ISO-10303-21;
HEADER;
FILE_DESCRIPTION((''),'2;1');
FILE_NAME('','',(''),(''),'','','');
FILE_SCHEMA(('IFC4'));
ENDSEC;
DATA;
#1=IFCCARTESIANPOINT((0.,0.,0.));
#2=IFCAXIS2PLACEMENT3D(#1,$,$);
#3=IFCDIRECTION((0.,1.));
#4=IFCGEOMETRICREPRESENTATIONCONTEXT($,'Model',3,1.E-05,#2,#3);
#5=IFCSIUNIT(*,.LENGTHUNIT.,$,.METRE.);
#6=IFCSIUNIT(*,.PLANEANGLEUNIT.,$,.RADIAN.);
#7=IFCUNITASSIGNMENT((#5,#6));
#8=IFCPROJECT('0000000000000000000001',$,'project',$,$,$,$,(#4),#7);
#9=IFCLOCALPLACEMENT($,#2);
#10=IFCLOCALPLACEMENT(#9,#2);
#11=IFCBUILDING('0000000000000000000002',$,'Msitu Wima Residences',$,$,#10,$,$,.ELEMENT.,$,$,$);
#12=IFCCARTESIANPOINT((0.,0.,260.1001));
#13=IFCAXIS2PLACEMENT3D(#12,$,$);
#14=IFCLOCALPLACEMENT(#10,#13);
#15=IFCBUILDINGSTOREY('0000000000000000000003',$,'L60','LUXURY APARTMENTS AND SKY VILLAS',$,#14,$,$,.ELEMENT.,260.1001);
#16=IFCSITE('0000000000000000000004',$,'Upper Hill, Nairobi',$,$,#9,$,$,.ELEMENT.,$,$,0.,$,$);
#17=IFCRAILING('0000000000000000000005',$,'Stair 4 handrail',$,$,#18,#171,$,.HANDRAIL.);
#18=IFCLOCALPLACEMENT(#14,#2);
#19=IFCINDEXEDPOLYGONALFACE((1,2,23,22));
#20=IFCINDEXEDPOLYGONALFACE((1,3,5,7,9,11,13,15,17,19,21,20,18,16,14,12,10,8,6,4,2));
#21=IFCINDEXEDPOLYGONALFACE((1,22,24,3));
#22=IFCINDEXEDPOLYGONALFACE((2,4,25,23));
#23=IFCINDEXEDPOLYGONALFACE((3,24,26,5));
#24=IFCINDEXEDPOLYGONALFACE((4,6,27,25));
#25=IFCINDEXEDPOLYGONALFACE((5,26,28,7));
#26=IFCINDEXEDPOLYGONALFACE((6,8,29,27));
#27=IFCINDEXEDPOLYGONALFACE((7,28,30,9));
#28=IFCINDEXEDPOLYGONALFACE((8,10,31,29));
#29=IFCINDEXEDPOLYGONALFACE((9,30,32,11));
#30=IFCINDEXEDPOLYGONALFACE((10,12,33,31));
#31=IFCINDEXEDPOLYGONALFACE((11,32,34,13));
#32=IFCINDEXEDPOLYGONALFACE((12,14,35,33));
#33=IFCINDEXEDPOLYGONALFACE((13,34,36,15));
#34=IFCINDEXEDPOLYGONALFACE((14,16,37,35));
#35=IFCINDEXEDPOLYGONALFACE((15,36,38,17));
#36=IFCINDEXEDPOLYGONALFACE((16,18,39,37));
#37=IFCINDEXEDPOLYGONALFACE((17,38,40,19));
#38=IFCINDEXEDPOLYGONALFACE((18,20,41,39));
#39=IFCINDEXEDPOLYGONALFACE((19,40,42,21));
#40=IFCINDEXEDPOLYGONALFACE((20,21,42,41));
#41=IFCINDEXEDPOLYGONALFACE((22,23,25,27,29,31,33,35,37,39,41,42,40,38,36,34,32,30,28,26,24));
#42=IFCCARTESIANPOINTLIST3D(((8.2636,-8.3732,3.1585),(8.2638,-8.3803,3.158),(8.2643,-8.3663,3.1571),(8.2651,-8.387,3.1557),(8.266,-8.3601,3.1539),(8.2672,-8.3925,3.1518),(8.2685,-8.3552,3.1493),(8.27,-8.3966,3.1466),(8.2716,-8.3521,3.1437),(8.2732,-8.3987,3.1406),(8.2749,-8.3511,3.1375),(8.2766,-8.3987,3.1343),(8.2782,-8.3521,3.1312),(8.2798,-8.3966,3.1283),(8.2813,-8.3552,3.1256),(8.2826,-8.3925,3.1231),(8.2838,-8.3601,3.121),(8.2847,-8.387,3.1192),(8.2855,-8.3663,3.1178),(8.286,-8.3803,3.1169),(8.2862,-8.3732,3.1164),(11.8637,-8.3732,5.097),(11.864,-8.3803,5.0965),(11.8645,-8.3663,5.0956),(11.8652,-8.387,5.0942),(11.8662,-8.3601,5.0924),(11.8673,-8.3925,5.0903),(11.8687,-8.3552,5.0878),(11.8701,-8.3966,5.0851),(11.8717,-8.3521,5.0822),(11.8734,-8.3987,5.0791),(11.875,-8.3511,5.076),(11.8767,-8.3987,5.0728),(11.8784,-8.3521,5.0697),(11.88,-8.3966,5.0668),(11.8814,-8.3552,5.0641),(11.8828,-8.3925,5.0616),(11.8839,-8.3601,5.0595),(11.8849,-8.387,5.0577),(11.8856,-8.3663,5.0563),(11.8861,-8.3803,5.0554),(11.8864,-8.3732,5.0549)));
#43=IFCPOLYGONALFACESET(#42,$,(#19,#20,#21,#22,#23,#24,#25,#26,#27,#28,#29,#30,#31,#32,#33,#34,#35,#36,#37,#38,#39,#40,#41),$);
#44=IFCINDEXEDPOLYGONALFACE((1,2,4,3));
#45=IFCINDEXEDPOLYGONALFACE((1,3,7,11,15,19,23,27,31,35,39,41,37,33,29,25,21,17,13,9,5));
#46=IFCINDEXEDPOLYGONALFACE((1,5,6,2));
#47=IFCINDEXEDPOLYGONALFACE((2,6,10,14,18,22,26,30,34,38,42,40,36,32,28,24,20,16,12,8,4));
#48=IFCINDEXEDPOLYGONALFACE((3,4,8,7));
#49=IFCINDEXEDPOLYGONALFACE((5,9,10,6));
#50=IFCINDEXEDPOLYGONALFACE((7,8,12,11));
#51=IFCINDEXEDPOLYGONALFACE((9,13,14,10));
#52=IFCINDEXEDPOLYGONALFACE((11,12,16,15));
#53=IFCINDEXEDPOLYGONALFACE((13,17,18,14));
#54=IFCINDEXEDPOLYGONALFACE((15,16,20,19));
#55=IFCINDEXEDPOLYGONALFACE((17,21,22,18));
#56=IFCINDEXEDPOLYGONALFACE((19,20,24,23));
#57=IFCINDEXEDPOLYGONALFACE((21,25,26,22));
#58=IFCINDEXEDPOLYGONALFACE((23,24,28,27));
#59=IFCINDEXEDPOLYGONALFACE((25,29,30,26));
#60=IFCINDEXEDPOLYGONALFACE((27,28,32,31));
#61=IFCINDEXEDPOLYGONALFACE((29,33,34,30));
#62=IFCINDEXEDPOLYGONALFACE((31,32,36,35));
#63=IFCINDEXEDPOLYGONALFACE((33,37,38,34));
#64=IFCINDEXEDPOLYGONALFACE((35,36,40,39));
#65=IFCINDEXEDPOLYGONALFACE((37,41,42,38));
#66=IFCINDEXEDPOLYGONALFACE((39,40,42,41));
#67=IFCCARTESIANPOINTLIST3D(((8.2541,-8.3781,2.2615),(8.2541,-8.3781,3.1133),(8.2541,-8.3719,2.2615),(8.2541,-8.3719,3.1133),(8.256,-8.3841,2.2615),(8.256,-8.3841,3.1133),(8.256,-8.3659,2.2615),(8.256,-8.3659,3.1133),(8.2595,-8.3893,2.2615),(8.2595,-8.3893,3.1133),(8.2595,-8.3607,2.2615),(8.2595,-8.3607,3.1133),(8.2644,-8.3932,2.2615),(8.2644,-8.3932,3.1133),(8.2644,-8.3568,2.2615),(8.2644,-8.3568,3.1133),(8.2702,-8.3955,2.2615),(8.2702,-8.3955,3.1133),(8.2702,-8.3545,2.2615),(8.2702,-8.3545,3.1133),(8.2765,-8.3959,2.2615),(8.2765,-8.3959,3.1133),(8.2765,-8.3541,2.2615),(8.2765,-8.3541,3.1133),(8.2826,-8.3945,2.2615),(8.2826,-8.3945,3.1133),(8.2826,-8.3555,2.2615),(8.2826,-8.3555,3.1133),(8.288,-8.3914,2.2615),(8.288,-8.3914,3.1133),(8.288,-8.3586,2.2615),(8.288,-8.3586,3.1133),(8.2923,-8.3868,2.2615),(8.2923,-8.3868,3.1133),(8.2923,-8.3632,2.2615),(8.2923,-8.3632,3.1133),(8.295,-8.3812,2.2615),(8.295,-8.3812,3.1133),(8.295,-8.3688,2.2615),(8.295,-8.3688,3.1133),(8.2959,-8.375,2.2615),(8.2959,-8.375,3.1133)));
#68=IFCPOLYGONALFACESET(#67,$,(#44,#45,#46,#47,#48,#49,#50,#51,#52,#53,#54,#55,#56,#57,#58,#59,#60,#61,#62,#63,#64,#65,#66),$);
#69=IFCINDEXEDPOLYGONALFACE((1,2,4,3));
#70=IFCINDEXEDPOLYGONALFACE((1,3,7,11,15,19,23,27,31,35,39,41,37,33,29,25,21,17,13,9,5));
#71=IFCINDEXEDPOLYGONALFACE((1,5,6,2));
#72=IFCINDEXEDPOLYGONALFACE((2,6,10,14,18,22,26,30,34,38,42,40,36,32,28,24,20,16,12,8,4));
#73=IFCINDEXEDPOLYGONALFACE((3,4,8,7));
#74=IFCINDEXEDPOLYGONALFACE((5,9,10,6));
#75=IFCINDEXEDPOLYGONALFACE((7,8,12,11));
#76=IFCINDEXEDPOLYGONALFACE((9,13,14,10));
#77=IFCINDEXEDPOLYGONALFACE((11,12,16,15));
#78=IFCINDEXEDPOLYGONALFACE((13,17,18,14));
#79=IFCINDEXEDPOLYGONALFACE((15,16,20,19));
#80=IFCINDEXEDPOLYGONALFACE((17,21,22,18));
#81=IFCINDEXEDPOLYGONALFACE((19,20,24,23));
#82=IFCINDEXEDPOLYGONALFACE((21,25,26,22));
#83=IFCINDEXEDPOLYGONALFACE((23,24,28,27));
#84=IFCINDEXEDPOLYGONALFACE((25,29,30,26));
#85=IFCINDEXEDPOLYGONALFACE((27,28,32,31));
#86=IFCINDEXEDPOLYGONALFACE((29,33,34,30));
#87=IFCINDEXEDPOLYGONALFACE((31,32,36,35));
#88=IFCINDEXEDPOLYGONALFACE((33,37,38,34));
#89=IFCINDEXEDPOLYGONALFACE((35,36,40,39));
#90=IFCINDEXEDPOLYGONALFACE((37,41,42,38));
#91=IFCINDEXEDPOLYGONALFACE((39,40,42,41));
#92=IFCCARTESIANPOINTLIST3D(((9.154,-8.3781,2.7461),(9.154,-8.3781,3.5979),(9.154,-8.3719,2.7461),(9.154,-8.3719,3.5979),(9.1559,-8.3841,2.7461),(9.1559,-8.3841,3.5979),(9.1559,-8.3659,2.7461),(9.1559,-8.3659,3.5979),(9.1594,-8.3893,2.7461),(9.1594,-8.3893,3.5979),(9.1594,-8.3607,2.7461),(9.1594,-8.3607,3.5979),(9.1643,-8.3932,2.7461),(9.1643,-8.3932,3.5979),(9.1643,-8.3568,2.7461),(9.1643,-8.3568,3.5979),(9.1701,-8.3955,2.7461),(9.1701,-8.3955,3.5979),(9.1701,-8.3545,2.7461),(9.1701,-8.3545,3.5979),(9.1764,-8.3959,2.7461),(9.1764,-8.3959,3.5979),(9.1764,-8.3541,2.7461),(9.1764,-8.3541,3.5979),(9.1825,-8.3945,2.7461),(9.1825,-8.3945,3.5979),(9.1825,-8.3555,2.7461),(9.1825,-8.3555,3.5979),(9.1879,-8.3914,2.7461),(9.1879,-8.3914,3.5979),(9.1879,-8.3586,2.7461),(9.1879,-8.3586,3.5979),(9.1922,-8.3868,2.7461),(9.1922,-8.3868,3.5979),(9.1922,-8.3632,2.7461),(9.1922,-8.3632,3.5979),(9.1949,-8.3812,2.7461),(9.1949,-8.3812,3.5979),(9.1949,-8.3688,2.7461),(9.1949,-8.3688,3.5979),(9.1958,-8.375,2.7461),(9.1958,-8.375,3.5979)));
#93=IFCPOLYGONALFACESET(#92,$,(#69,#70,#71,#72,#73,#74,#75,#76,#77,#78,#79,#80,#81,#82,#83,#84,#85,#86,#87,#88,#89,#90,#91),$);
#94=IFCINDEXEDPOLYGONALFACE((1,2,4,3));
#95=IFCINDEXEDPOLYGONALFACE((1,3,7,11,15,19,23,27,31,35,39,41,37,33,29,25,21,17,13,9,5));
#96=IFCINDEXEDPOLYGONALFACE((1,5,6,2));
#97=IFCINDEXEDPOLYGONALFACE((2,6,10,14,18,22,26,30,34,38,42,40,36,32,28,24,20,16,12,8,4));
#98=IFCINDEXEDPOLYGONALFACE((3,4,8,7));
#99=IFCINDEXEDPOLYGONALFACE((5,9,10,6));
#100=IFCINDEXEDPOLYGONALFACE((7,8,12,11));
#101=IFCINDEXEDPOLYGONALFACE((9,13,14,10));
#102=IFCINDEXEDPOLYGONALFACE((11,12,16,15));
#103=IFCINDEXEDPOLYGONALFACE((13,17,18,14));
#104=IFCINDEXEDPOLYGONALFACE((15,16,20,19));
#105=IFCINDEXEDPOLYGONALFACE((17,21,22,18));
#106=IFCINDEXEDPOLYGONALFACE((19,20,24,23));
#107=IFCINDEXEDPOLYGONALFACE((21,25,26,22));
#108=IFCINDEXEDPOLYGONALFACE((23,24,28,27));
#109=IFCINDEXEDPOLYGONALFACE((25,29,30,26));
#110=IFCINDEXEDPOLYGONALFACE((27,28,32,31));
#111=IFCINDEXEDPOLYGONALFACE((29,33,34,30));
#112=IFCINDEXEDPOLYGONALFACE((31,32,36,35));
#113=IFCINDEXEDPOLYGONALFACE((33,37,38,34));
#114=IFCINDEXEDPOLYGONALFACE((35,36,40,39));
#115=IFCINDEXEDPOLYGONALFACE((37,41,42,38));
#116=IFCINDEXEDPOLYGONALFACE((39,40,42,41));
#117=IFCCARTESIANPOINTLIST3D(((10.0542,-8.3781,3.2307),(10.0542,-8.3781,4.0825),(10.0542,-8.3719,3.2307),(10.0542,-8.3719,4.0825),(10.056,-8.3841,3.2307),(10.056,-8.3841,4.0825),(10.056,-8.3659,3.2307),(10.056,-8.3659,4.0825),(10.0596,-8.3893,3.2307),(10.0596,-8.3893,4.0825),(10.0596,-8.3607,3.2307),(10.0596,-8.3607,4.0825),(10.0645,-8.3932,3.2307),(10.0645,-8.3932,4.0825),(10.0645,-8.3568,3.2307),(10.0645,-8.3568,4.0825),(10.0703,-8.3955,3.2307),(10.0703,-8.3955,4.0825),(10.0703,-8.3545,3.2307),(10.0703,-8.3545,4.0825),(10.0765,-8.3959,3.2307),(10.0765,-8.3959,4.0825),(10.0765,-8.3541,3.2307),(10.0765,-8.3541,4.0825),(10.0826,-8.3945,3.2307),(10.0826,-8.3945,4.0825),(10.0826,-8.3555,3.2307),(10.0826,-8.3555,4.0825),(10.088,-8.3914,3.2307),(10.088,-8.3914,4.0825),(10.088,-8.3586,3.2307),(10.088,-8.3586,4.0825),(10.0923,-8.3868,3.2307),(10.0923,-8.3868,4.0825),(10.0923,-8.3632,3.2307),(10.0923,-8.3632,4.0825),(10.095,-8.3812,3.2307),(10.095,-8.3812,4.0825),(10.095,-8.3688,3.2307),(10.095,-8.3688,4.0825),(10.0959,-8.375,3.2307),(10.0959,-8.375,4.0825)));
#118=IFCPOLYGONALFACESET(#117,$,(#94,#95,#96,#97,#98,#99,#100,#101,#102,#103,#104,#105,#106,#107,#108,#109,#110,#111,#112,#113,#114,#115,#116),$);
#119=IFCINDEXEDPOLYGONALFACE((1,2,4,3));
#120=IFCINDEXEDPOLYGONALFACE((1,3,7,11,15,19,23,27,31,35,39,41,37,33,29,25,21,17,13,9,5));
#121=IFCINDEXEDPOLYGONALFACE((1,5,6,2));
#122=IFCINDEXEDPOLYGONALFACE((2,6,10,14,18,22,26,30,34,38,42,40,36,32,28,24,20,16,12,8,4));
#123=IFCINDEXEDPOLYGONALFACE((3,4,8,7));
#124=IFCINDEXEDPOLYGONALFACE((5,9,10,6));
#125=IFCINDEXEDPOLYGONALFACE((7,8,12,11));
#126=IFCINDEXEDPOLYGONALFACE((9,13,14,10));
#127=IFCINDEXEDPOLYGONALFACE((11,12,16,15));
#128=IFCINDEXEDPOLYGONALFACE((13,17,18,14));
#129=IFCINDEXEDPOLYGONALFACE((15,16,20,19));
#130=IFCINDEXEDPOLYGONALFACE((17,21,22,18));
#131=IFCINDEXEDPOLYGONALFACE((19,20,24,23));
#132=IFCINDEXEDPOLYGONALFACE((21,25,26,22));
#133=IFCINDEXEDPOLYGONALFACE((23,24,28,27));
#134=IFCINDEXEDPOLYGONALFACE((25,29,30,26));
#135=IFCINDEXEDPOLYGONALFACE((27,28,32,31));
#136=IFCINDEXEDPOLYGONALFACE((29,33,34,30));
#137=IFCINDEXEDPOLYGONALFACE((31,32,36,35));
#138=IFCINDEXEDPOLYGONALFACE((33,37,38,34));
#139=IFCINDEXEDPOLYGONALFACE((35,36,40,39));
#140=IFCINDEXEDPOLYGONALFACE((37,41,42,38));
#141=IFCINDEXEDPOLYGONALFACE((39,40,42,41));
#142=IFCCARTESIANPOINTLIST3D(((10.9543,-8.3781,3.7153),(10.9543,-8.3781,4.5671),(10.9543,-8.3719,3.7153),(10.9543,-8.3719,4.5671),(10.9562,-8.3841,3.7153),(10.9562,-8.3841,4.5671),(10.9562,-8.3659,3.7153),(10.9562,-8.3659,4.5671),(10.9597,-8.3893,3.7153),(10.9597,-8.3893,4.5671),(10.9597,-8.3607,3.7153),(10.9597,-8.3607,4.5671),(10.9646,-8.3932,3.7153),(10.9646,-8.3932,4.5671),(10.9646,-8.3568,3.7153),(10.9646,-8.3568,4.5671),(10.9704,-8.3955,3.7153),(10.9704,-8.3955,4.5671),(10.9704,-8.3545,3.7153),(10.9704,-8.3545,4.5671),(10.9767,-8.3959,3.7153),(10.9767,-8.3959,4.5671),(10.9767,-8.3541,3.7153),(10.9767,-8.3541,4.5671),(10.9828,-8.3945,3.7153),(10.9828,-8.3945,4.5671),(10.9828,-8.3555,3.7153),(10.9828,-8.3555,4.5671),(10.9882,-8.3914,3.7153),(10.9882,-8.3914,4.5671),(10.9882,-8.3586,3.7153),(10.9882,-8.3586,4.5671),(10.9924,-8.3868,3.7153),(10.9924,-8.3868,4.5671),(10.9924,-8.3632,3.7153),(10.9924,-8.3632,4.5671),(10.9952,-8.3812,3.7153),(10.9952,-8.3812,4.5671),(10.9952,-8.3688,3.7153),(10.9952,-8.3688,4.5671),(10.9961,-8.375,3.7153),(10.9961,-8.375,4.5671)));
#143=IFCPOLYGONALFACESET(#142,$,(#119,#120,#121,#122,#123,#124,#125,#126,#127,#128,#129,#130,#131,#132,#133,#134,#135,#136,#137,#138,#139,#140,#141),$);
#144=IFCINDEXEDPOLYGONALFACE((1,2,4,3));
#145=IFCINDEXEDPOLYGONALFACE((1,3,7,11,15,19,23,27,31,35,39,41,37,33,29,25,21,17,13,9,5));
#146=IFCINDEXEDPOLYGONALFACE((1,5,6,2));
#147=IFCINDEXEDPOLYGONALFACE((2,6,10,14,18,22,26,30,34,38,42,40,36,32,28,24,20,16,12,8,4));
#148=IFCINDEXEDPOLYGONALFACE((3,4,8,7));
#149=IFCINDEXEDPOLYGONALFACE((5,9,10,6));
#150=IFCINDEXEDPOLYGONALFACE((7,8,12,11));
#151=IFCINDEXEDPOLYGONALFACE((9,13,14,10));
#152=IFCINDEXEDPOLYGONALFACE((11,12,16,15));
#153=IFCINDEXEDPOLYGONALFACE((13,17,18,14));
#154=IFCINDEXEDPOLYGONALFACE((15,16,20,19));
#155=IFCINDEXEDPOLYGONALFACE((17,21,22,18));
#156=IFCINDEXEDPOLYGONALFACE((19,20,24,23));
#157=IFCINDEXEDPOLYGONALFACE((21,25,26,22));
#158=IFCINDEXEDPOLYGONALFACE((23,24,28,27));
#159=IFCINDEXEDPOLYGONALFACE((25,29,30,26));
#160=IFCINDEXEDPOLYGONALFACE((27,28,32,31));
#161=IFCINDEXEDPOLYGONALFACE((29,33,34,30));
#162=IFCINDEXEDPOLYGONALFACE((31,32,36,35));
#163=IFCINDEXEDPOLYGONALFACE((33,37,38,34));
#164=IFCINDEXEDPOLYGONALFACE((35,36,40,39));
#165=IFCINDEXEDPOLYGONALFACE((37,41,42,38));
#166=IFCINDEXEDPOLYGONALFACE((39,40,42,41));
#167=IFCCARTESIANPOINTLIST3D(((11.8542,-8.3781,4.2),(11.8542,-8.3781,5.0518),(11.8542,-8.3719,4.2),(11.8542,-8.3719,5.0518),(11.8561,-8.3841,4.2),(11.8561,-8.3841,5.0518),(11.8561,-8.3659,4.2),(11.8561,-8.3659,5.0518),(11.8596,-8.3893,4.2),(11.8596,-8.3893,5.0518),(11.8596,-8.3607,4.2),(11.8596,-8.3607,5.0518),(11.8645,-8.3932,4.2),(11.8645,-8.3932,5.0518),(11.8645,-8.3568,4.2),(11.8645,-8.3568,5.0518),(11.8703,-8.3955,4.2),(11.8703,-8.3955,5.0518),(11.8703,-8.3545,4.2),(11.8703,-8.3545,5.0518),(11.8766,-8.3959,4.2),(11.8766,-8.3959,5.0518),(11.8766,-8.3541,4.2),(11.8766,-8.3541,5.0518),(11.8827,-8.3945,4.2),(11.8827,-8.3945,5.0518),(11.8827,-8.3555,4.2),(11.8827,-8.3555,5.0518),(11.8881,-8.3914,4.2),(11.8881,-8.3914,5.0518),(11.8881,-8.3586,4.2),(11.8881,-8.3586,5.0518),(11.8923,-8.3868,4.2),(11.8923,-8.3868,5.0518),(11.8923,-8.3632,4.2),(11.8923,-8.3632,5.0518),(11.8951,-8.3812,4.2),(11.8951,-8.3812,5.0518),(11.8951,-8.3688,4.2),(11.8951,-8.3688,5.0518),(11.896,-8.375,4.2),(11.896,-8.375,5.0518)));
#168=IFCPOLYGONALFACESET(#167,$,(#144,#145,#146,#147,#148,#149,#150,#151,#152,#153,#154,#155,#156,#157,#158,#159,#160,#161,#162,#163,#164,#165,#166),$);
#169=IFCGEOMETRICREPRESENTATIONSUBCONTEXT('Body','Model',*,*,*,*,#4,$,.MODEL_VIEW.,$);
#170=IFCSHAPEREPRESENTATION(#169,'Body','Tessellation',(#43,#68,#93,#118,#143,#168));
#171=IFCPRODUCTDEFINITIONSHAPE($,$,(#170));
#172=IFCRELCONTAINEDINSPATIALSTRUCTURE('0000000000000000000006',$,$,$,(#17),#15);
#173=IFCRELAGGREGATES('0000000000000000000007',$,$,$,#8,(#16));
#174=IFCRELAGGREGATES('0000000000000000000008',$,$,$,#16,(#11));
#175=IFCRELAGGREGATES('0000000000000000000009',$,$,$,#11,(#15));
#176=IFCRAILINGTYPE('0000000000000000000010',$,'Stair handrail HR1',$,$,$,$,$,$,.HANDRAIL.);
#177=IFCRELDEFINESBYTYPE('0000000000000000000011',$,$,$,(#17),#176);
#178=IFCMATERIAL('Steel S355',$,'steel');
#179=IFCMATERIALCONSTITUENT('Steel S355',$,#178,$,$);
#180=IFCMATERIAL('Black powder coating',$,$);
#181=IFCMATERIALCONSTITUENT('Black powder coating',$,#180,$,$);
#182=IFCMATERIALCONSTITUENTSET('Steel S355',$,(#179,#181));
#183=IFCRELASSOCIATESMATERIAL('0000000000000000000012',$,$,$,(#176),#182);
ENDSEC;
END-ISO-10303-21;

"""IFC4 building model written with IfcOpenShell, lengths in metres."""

from ifc_helpers import new_model, si_unit, direction, frame, origin, origin_2d, place, context, subcontext, project, spatial, circle, extrude, material, constituent, constituent_set, type_object, element, save


model = new_model("IFC4")

# Units and contexts
model_context = context("Model", 3, precision=1e-05, world=origin(), true_north=direction((0.0, 1.0)))
body_context = subcontext(model_context, "Body", "Model", "MODEL_VIEW")
ifc_project = project(units=[si_unit("LENGTHUNIT", "METRE"), si_unit("PLANEANGLEUNIT", "RADIAN")], contexts=[model_context])

# Site, building, storey
site_placement = place(None, origin())
site = spatial("IfcSite", under=ifc_project, at=site_placement, Name="Upper Hill, Nairobi", CompositionType="ELEMENT", RefElevation=0.0)
building_placement = place(site_placement, origin())
building = spatial("IfcBuilding", under=site, at=building_placement, Name="Msitu Wima Residences", CompositionType="ELEMENT")
storey_placement = place(building_placement, frame((0.0, 0.0, 260.1001)))
storey = spatial("IfcBuildingStorey", under=building, at=storey_placement, Name="L60", Description="LUXURY APARTMENTS AND SKY VILLAS", CompositionType="ELEMENT", Elevation=260.1001)

# Railing
ifc_material_1 = material(Name="Steel S355", Category="steel")
ifc_constituent_1 = constituent(ifc_material_1, Name="Steel S355")
ifc_material_2 = material(Name="Black powder coating")
ifc_constituent_2 = constituent(ifc_material_2, Name="Black powder coating")
ifc_constituent_set = constituent_set(constituents=[ifc_constituent_1, ifc_constituent_2], Name="Steel S355")
railing_type = type_object("IfcRailingType", Name="Stair handrail HR1", PredefinedType="HANDRAIL", material=ifc_constituent_set)
for number, where, name in (
    (1, (8.2749, -8.375, 2.2615), "Stair 4 handrail"),
):
    element("IfcRailing", number, at=place(storey_placement, frame(where)), inside=storey, type_object=railing_type, Name=name, PredefinedType="HANDRAIL", context=body_context, shape_type="SweptSolid", body=[
        extrude(circle(Radius=0.0239, at=origin_2d()), frame((0.0, 0.0, 0.876), z_axis=(0.880475, 0.0, 0.474093), x_axis=(0.0, 1.0, 0.0)), (0.0, 0.0, 1.0), 4.0889),
        extrude(circle(Radius=0.021, at=origin_2d()), origin(), (0.0, 0.0, 1.0), 0.8518),
        extrude(circle(Radius=0.021, at=origin_2d()), frame((0.8999, 0.0, 0.4846)), (0.0, 0.0, 1.0), 0.8518),
        extrude(circle(Radius=0.021, at=origin_2d()), frame((1.8, 0.0, 0.9692)), (0.0, 0.0, 1.0), 0.8518),
        extrude(circle(Radius=0.021, at=origin_2d()), frame((2.7002, 0.0, 1.4539)), (0.0, 0.0, 1.0), 0.8518),
        extrude(circle(Radius=0.021, at=origin_2d()), frame((3.6001, 0.0, 1.9385)), (0.0, 0.0, 1.0), 0.8518),
    ])

save(model, "model.ifc")
